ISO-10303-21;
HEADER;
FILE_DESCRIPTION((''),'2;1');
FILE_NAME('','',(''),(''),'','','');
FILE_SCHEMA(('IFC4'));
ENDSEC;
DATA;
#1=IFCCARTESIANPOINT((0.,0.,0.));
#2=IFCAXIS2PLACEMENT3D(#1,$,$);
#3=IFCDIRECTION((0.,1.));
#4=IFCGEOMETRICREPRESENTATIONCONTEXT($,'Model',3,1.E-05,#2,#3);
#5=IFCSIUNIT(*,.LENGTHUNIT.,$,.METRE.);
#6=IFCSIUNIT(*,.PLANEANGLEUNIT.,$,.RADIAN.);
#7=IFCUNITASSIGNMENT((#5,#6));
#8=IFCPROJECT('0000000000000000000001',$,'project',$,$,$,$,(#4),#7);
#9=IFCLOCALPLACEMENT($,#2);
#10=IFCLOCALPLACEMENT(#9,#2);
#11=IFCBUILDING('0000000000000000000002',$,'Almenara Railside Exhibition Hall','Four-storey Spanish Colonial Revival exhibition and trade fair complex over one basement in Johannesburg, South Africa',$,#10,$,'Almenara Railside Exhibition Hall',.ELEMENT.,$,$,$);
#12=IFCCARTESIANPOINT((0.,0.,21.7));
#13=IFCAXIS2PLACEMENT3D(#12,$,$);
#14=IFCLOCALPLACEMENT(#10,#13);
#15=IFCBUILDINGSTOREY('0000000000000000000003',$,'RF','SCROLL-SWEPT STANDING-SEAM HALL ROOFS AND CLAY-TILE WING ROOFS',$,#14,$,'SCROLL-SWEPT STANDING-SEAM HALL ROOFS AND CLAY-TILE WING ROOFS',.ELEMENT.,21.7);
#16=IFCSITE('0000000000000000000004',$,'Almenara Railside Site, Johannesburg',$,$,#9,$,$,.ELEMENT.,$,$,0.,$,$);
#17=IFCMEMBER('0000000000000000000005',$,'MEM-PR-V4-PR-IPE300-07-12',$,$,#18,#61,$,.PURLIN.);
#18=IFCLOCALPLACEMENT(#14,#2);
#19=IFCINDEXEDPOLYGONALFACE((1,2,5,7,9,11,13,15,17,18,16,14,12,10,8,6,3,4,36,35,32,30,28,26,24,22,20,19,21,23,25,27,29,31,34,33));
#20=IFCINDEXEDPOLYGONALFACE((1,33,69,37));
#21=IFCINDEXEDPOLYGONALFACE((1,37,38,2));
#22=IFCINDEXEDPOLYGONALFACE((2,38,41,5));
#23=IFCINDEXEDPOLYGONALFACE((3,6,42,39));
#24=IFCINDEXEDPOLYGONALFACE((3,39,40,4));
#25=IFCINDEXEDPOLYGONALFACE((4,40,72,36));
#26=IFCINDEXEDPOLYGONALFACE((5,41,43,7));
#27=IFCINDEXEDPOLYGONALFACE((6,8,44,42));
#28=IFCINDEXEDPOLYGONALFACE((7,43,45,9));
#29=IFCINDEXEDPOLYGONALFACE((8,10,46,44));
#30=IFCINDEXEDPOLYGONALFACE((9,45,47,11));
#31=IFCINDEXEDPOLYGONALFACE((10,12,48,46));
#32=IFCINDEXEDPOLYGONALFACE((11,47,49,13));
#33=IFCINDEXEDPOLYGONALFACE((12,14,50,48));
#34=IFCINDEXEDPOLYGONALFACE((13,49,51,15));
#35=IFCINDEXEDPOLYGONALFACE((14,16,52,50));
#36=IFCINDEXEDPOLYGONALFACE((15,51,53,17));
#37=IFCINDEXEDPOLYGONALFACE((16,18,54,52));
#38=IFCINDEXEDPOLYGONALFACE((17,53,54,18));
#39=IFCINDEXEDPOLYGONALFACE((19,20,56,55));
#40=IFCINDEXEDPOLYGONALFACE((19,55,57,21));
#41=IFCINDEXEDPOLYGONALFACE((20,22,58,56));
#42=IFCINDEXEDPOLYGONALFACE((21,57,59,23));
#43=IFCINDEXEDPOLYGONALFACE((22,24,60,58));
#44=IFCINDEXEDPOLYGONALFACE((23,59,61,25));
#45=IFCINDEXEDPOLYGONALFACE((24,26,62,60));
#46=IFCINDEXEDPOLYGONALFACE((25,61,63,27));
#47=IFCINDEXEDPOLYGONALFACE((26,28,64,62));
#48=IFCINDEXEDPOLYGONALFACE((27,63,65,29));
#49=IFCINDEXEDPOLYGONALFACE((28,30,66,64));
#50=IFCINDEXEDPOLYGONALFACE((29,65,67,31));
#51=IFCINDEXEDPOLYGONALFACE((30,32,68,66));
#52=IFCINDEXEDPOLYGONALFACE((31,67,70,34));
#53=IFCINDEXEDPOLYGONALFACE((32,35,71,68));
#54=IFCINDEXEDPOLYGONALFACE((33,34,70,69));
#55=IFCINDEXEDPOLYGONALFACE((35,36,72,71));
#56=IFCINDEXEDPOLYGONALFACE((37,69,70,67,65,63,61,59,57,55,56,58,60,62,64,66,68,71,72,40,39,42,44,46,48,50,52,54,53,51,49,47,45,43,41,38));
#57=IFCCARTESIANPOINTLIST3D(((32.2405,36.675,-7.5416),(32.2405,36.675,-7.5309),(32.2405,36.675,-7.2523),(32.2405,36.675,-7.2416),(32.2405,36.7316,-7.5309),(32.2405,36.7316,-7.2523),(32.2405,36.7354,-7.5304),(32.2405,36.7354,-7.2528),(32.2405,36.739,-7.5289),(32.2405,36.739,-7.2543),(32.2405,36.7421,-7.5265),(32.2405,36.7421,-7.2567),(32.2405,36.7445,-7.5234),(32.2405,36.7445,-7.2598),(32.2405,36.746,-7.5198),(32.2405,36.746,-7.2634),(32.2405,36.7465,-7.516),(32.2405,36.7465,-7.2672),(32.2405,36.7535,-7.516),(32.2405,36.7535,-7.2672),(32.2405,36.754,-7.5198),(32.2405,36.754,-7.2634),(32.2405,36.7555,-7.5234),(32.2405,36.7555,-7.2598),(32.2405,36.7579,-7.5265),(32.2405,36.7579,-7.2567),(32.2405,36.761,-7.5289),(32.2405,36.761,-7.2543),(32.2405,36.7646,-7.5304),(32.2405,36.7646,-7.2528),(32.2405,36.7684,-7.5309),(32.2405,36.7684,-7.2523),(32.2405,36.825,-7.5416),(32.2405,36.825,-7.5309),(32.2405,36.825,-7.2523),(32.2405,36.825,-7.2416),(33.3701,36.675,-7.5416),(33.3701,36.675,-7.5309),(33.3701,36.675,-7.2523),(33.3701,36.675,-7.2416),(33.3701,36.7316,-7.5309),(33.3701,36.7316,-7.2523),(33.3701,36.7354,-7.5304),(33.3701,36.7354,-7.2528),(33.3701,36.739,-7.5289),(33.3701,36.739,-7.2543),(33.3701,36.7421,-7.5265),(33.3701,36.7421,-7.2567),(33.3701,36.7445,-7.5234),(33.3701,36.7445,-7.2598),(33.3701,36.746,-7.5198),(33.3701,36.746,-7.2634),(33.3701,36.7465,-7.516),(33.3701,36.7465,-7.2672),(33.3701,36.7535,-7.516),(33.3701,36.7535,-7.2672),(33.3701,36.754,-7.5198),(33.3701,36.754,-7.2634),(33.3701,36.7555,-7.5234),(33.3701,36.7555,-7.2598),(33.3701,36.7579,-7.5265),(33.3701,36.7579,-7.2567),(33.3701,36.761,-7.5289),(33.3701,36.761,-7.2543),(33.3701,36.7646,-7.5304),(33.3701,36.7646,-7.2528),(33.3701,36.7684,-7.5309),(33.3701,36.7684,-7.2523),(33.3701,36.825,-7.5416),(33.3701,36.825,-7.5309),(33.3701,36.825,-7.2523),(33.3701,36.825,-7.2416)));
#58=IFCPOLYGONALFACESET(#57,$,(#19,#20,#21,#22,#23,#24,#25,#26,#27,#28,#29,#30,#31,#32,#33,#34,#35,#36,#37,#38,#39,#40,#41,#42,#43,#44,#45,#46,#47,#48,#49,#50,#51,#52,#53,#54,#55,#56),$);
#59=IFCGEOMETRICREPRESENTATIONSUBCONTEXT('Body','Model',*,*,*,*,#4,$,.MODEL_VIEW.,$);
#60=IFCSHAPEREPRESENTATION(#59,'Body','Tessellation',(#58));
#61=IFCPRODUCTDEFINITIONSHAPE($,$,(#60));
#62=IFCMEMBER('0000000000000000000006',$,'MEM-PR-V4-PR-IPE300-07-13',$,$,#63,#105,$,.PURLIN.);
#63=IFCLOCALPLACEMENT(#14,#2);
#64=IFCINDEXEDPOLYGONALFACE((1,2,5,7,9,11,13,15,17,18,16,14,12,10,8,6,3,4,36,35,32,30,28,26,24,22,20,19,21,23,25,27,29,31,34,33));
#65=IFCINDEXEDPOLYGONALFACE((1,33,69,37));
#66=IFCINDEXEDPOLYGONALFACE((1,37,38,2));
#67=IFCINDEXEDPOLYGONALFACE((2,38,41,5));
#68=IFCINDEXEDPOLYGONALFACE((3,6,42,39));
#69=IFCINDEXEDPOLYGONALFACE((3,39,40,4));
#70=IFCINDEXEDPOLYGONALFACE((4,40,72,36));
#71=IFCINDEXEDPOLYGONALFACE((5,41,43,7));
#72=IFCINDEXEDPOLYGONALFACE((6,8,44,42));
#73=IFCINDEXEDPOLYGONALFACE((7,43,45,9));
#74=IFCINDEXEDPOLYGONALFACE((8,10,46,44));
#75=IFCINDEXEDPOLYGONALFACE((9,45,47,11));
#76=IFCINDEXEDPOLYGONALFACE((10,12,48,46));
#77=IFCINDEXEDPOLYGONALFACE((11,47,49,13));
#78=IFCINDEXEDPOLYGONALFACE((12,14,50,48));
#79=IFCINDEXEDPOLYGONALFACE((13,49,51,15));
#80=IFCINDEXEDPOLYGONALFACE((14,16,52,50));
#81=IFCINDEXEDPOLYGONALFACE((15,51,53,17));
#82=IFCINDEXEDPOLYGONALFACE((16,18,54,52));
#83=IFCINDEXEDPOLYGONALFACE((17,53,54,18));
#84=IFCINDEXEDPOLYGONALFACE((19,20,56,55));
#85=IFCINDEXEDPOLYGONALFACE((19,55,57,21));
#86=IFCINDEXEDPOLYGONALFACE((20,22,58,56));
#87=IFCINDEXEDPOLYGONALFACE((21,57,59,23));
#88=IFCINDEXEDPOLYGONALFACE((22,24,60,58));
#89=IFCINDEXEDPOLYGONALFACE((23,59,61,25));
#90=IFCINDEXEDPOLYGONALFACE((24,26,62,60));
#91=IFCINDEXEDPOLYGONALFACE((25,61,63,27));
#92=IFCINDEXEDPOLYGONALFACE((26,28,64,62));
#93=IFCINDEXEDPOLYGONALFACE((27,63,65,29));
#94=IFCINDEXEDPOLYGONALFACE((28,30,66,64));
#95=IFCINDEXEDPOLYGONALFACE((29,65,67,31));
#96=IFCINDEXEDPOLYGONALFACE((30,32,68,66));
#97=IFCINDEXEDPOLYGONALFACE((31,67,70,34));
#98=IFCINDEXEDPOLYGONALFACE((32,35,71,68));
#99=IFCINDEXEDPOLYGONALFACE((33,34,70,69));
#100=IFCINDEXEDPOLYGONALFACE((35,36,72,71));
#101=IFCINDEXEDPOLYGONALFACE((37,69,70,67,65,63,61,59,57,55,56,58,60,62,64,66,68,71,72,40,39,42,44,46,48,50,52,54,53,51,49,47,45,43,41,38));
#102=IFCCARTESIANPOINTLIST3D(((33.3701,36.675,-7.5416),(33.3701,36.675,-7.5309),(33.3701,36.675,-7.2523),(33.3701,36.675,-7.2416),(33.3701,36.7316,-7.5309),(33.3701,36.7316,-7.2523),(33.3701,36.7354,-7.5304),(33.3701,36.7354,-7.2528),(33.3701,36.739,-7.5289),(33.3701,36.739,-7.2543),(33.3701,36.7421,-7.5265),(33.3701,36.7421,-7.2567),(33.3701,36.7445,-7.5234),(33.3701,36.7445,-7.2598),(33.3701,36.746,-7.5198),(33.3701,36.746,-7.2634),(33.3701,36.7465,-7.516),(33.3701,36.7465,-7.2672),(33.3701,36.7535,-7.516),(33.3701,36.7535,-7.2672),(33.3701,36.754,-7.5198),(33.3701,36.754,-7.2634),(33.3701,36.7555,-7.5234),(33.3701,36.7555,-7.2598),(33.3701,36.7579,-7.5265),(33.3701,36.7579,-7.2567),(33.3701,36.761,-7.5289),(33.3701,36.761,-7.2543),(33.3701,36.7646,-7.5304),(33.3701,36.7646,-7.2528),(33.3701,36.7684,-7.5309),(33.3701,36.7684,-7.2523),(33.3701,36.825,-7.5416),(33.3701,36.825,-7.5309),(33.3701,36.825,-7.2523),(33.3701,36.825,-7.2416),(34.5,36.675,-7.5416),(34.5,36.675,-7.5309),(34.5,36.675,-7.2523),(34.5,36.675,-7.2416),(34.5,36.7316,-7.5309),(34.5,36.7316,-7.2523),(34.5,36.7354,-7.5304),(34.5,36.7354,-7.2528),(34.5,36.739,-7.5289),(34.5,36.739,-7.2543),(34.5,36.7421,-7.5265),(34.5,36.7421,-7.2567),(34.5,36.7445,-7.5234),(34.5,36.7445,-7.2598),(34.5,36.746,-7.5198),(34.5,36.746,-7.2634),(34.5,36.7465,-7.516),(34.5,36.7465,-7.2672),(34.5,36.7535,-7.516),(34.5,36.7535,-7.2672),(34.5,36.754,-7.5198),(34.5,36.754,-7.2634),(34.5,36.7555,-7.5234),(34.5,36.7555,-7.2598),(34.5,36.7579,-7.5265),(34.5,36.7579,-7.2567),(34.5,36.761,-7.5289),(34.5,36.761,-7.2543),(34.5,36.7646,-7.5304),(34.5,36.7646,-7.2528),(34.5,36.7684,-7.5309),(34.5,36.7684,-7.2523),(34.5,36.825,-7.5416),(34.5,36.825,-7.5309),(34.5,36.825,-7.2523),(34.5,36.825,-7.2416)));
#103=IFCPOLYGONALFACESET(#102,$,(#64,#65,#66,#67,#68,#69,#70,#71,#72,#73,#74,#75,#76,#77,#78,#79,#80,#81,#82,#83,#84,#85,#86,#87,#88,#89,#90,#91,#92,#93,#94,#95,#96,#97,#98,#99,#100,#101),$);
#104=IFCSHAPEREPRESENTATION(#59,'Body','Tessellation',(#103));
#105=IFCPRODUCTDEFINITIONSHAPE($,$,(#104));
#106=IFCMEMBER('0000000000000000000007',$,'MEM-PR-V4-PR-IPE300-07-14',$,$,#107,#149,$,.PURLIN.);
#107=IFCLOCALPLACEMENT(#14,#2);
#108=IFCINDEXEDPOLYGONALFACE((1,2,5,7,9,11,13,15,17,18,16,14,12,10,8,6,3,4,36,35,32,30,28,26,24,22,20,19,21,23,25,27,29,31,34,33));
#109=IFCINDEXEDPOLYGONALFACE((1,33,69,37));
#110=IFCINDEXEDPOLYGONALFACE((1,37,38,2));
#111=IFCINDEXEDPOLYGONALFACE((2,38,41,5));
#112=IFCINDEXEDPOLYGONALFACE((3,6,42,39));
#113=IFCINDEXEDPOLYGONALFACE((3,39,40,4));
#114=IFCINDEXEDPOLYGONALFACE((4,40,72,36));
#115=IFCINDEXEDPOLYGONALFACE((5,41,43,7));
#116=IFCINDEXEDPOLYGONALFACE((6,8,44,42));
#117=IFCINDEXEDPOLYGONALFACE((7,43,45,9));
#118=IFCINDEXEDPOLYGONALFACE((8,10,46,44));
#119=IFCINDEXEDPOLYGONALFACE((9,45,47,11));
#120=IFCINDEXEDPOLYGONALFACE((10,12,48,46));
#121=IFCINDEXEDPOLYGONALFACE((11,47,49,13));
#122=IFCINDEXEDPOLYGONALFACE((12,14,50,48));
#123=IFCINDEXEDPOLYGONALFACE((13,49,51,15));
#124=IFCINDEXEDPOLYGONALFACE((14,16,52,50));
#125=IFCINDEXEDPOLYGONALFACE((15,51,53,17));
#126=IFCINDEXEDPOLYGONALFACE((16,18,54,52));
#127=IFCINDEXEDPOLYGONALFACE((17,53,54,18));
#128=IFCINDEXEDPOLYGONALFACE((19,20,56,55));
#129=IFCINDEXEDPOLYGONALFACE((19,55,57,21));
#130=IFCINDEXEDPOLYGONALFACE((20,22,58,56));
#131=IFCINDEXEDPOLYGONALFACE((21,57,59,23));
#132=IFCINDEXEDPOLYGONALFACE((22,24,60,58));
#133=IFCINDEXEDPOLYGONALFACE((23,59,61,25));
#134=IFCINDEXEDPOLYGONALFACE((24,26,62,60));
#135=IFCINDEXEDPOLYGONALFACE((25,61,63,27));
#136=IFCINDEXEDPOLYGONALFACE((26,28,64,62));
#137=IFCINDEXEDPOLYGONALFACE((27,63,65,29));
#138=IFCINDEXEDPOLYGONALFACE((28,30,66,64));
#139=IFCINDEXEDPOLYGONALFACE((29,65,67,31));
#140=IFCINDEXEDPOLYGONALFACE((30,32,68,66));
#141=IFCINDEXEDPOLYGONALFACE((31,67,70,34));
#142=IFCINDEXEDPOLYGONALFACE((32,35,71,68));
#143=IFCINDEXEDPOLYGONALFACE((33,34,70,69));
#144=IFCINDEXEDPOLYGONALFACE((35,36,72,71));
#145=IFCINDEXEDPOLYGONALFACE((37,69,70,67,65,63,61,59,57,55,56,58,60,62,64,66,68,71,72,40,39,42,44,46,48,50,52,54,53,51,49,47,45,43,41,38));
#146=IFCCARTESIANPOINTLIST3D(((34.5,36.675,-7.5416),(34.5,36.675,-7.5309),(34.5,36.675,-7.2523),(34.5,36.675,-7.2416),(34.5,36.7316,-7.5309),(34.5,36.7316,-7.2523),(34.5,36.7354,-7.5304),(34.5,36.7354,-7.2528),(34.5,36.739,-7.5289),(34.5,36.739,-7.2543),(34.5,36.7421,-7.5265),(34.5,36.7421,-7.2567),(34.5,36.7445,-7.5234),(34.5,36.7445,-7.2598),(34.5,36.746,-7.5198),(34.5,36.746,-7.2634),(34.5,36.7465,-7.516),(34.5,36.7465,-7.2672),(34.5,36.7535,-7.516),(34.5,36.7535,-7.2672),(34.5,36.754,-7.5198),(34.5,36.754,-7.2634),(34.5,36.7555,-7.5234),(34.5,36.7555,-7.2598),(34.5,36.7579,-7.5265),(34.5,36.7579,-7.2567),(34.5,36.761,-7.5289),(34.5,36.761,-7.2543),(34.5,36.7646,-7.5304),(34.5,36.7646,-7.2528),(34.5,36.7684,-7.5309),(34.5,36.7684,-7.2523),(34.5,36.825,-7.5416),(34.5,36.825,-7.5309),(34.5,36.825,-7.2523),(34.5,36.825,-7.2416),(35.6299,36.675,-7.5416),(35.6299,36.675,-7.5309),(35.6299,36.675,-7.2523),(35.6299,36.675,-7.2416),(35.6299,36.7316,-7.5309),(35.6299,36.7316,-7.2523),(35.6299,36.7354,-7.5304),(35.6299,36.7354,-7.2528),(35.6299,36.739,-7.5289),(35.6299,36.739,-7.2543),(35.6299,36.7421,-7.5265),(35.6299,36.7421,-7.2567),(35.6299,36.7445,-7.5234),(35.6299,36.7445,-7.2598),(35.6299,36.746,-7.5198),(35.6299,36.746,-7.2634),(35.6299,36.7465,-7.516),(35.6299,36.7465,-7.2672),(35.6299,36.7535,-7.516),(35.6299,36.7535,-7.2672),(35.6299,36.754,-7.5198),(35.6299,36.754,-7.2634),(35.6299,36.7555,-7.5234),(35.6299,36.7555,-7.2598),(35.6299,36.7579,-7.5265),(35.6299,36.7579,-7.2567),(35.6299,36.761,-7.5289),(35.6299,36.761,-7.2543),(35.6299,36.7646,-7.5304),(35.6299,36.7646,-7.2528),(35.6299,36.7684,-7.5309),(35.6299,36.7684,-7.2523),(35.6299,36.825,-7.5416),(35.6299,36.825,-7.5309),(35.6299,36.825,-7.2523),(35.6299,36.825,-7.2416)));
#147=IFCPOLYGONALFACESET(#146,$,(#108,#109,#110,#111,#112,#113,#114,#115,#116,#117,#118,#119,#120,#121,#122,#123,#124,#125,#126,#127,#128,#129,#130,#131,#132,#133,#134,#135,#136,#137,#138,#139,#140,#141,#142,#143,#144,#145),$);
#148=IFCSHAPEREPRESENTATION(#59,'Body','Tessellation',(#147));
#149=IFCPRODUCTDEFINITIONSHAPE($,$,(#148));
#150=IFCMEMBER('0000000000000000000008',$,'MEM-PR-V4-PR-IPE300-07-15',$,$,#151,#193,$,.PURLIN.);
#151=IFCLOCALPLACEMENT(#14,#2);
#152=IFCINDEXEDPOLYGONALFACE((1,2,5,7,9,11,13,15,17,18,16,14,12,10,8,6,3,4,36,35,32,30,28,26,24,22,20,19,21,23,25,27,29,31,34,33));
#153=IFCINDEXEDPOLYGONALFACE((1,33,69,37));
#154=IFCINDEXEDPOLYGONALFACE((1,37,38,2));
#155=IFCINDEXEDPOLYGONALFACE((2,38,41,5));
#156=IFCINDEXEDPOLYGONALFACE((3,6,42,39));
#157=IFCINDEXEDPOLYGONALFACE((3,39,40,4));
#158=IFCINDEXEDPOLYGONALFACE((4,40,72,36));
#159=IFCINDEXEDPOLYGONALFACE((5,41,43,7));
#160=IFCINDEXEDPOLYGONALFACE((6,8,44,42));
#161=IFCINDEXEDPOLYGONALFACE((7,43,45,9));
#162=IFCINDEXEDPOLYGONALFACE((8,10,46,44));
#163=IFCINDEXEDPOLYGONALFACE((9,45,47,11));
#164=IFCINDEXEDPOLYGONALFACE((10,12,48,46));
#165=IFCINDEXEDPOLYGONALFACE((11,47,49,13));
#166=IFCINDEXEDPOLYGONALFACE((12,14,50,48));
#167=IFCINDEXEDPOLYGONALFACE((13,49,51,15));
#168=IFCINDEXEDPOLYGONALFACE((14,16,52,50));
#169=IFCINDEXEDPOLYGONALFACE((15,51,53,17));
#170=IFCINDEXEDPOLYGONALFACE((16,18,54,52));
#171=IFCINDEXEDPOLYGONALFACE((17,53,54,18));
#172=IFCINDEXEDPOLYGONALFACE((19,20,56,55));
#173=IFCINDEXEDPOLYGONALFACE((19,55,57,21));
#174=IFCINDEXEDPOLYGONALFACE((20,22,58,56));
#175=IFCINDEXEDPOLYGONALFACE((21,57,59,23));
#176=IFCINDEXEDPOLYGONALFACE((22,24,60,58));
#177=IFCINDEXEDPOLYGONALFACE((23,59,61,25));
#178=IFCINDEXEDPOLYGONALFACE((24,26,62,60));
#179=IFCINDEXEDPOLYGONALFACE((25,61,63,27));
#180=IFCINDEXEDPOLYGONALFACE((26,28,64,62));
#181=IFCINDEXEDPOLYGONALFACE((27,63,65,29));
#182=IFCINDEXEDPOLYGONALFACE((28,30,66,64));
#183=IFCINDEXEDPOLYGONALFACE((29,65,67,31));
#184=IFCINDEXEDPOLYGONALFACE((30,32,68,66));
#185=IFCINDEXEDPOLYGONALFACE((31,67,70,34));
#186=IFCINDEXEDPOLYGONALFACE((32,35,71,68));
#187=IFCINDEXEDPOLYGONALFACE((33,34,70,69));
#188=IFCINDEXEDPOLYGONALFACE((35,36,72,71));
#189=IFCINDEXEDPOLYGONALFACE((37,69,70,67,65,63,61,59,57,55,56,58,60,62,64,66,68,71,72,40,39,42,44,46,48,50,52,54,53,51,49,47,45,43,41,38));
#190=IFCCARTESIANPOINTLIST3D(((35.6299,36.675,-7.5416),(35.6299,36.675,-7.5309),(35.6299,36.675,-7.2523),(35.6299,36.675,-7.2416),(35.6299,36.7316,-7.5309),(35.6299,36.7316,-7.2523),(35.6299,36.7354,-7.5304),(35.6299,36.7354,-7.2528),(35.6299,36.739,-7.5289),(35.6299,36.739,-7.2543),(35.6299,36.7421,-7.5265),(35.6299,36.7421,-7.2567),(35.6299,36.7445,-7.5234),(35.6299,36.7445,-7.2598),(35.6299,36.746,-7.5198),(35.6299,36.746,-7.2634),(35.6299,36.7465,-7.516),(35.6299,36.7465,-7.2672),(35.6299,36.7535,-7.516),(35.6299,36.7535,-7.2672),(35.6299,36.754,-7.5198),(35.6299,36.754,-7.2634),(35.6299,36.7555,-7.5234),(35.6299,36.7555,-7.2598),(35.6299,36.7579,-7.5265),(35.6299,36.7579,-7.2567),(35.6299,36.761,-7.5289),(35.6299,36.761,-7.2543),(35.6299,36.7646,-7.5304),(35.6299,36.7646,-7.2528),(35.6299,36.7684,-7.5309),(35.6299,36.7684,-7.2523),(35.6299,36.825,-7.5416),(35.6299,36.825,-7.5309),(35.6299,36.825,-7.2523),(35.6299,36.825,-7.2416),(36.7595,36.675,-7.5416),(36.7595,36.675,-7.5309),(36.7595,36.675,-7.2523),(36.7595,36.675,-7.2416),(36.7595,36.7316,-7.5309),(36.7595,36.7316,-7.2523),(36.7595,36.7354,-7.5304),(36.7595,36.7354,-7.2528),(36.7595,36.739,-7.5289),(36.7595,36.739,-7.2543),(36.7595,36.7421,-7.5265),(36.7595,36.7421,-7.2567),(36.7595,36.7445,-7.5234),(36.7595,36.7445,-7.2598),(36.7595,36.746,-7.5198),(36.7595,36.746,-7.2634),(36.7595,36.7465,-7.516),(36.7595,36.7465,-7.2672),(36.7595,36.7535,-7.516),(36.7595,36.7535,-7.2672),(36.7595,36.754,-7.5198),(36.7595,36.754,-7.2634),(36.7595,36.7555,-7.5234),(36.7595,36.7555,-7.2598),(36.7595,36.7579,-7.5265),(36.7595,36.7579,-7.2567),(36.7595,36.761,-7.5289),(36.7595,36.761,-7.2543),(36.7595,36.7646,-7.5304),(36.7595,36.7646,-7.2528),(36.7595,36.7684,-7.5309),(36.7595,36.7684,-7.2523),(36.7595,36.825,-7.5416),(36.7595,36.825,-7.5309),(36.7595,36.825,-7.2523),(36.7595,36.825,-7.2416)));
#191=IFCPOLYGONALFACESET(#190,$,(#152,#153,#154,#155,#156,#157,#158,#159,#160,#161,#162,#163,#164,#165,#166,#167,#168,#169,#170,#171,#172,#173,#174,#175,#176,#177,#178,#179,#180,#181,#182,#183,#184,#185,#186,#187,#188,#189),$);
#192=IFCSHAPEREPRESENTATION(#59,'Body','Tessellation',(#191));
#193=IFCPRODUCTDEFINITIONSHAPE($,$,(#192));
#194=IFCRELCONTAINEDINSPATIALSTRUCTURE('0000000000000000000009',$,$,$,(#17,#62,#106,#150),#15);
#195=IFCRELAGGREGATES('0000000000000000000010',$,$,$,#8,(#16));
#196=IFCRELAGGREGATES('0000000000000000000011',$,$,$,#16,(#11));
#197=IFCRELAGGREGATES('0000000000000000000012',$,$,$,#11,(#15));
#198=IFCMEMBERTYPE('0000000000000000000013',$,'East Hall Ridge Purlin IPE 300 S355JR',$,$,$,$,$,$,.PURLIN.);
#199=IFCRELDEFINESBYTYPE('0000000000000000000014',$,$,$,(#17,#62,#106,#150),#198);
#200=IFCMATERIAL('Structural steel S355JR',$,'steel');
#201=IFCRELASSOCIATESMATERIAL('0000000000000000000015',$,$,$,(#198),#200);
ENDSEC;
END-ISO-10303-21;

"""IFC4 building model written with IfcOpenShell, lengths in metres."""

from ifc_helpers import new_model, si_unit, direction, frame, origin, origin_2d, place, context, subcontext, project, spatial, i_section, extrude, material, material_profile, profile_set, type_object, element, save


model = new_model("IFC4")

# Units and contexts
model_context = context("Model", 3, precision=1e-05, world=origin(), true_north=direction((0.0, 1.0)))
body_context = subcontext(model_context, "Body", "Model", "MODEL_VIEW")
ifc_project = project(units=[si_unit("LENGTHUNIT", "METRE"), si_unit("PLANEANGLEUNIT", "RADIAN")], contexts=[model_context])

# Site, building, storey
site_placement = place(None, origin())
site = spatial("IfcSite", under=ifc_project, at=site_placement, Name="Almenara Railside Site, Johannesburg", CompositionType="ELEMENT", RefElevation=0.0)
building_placement = place(site_placement, origin())
building = spatial("IfcBuilding", under=site, at=building_placement, Name="Almenara Railside Exhibition Hall", Description="Four-storey Spanish Colonial Revival exhibition and trade fair complex over one basement in Johannesburg, South Africa", LongName="Almenara Railside Exhibition Hall", CompositionType="ELEMENT")
storey_placement = place(building_placement, frame((0.0, 0.0, 21.7)))
storey = spatial("IfcBuildingStorey", under=building, at=storey_placement, Name="RF", Description="SCROLL-SWEPT STANDING-SEAM HALL ROOFS AND CLAY-TILE WING ROOFS", LongName="SCROLL-SWEPT STANDING-SEAM HALL ROOFS AND CLAY-TILE WING ROOFS", CompositionType="ELEMENT", Elevation=21.7)

# Members
ifc_material = material(Name="Structural steel S355JR", Category="steel")
ifc_material_profile_1 = material_profile(ifc_material, i_section(OverallWidth=0.1499, OverallDepth=0.3, WebThickness=0.0071, FlangeThickness=0.0107, FilletRadius=0.0149, at=origin_2d()), Name="IPE 300")
ifc_profile_set_1 = profile_set([ifc_material_profile_1], Name="Structural steel S355JR")
member_type_1 = type_object("IfcMemberType", Name="East Hall Ridge Purlin IPE 300 S355JR", PredefinedType="PURLIN", material=ifc_profile_set_1)
member_1_placement = place(storey_placement, frame((32.2405, 36.75, -7.3916), z_axis=(1.0, 0.0, 0.0), x_axis=(0.0, 1.0, 0.0)))
element("IfcMember", 1, at=member_1_placement, inside=storey, type_object=member_type_1, Name="MEM-PR-V4-PR-IPE300-07-12", PredefinedType="PURLIN", context=body_context, shape_type="SweptSolid", body=[
    extrude(i_section(OverallWidth=0.1499, OverallDepth=0.3, WebThickness=0.0071, FlangeThickness=0.0107, FilletRadius=0.0149, at=origin_2d()), origin(), (0.0, 0.0, 1.0), 1.1296),
])
for number, where, z_axis, x_axis, name in (
    (2, (33.3701, 36.75, -7.3916), (1.0, 0.0, 0.0), (0.0, 1.0, 0.0), "MEM-PR-V4-PR-IPE300-07-13"),
    (3, (34.5, 36.75, -7.3916), (1.0, 0.0, 0.0), (0.0, 1.0, 0.0), "MEM-PR-V4-PR-IPE300-07-14"),
):
    element("IfcMember", number, at=place(storey_placement, frame(where, z_axis=z_axis, x_axis=x_axis)), inside=storey, type_object=member_type_1, Name=name, PredefinedType="PURLIN", context=body_context, shape_type="SweptSolid", body=[
        extrude(i_section(OverallWidth=0.1499, OverallDepth=0.3, WebThickness=0.0071, FlangeThickness=0.0107, FilletRadius=0.0149, at=origin_2d()), origin(), (0.0, 0.0, 1.0), 1.1299),
    ])
member_2_placement = place(storey_placement, frame((35.6299, 36.75, -7.3916), z_axis=(1.0, 0.0, 0.0), x_axis=(0.0, 1.0, 0.0)))
element("IfcMember", 4, at=member_2_placement, inside=storey, type_object=member_type_1, Name="MEM-PR-V4-PR-IPE300-07-15", PredefinedType="PURLIN", context=body_context, shape_type="SweptSolid", body=[
    extrude(i_section(OverallWidth=0.1499, OverallDepth=0.3, WebThickness=0.0071, FlangeThickness=0.0107, FilletRadius=0.0149, at=origin_2d()), origin(), (0.0, 0.0, 1.0), 1.1296),
])

save(model, "model.ifc")
